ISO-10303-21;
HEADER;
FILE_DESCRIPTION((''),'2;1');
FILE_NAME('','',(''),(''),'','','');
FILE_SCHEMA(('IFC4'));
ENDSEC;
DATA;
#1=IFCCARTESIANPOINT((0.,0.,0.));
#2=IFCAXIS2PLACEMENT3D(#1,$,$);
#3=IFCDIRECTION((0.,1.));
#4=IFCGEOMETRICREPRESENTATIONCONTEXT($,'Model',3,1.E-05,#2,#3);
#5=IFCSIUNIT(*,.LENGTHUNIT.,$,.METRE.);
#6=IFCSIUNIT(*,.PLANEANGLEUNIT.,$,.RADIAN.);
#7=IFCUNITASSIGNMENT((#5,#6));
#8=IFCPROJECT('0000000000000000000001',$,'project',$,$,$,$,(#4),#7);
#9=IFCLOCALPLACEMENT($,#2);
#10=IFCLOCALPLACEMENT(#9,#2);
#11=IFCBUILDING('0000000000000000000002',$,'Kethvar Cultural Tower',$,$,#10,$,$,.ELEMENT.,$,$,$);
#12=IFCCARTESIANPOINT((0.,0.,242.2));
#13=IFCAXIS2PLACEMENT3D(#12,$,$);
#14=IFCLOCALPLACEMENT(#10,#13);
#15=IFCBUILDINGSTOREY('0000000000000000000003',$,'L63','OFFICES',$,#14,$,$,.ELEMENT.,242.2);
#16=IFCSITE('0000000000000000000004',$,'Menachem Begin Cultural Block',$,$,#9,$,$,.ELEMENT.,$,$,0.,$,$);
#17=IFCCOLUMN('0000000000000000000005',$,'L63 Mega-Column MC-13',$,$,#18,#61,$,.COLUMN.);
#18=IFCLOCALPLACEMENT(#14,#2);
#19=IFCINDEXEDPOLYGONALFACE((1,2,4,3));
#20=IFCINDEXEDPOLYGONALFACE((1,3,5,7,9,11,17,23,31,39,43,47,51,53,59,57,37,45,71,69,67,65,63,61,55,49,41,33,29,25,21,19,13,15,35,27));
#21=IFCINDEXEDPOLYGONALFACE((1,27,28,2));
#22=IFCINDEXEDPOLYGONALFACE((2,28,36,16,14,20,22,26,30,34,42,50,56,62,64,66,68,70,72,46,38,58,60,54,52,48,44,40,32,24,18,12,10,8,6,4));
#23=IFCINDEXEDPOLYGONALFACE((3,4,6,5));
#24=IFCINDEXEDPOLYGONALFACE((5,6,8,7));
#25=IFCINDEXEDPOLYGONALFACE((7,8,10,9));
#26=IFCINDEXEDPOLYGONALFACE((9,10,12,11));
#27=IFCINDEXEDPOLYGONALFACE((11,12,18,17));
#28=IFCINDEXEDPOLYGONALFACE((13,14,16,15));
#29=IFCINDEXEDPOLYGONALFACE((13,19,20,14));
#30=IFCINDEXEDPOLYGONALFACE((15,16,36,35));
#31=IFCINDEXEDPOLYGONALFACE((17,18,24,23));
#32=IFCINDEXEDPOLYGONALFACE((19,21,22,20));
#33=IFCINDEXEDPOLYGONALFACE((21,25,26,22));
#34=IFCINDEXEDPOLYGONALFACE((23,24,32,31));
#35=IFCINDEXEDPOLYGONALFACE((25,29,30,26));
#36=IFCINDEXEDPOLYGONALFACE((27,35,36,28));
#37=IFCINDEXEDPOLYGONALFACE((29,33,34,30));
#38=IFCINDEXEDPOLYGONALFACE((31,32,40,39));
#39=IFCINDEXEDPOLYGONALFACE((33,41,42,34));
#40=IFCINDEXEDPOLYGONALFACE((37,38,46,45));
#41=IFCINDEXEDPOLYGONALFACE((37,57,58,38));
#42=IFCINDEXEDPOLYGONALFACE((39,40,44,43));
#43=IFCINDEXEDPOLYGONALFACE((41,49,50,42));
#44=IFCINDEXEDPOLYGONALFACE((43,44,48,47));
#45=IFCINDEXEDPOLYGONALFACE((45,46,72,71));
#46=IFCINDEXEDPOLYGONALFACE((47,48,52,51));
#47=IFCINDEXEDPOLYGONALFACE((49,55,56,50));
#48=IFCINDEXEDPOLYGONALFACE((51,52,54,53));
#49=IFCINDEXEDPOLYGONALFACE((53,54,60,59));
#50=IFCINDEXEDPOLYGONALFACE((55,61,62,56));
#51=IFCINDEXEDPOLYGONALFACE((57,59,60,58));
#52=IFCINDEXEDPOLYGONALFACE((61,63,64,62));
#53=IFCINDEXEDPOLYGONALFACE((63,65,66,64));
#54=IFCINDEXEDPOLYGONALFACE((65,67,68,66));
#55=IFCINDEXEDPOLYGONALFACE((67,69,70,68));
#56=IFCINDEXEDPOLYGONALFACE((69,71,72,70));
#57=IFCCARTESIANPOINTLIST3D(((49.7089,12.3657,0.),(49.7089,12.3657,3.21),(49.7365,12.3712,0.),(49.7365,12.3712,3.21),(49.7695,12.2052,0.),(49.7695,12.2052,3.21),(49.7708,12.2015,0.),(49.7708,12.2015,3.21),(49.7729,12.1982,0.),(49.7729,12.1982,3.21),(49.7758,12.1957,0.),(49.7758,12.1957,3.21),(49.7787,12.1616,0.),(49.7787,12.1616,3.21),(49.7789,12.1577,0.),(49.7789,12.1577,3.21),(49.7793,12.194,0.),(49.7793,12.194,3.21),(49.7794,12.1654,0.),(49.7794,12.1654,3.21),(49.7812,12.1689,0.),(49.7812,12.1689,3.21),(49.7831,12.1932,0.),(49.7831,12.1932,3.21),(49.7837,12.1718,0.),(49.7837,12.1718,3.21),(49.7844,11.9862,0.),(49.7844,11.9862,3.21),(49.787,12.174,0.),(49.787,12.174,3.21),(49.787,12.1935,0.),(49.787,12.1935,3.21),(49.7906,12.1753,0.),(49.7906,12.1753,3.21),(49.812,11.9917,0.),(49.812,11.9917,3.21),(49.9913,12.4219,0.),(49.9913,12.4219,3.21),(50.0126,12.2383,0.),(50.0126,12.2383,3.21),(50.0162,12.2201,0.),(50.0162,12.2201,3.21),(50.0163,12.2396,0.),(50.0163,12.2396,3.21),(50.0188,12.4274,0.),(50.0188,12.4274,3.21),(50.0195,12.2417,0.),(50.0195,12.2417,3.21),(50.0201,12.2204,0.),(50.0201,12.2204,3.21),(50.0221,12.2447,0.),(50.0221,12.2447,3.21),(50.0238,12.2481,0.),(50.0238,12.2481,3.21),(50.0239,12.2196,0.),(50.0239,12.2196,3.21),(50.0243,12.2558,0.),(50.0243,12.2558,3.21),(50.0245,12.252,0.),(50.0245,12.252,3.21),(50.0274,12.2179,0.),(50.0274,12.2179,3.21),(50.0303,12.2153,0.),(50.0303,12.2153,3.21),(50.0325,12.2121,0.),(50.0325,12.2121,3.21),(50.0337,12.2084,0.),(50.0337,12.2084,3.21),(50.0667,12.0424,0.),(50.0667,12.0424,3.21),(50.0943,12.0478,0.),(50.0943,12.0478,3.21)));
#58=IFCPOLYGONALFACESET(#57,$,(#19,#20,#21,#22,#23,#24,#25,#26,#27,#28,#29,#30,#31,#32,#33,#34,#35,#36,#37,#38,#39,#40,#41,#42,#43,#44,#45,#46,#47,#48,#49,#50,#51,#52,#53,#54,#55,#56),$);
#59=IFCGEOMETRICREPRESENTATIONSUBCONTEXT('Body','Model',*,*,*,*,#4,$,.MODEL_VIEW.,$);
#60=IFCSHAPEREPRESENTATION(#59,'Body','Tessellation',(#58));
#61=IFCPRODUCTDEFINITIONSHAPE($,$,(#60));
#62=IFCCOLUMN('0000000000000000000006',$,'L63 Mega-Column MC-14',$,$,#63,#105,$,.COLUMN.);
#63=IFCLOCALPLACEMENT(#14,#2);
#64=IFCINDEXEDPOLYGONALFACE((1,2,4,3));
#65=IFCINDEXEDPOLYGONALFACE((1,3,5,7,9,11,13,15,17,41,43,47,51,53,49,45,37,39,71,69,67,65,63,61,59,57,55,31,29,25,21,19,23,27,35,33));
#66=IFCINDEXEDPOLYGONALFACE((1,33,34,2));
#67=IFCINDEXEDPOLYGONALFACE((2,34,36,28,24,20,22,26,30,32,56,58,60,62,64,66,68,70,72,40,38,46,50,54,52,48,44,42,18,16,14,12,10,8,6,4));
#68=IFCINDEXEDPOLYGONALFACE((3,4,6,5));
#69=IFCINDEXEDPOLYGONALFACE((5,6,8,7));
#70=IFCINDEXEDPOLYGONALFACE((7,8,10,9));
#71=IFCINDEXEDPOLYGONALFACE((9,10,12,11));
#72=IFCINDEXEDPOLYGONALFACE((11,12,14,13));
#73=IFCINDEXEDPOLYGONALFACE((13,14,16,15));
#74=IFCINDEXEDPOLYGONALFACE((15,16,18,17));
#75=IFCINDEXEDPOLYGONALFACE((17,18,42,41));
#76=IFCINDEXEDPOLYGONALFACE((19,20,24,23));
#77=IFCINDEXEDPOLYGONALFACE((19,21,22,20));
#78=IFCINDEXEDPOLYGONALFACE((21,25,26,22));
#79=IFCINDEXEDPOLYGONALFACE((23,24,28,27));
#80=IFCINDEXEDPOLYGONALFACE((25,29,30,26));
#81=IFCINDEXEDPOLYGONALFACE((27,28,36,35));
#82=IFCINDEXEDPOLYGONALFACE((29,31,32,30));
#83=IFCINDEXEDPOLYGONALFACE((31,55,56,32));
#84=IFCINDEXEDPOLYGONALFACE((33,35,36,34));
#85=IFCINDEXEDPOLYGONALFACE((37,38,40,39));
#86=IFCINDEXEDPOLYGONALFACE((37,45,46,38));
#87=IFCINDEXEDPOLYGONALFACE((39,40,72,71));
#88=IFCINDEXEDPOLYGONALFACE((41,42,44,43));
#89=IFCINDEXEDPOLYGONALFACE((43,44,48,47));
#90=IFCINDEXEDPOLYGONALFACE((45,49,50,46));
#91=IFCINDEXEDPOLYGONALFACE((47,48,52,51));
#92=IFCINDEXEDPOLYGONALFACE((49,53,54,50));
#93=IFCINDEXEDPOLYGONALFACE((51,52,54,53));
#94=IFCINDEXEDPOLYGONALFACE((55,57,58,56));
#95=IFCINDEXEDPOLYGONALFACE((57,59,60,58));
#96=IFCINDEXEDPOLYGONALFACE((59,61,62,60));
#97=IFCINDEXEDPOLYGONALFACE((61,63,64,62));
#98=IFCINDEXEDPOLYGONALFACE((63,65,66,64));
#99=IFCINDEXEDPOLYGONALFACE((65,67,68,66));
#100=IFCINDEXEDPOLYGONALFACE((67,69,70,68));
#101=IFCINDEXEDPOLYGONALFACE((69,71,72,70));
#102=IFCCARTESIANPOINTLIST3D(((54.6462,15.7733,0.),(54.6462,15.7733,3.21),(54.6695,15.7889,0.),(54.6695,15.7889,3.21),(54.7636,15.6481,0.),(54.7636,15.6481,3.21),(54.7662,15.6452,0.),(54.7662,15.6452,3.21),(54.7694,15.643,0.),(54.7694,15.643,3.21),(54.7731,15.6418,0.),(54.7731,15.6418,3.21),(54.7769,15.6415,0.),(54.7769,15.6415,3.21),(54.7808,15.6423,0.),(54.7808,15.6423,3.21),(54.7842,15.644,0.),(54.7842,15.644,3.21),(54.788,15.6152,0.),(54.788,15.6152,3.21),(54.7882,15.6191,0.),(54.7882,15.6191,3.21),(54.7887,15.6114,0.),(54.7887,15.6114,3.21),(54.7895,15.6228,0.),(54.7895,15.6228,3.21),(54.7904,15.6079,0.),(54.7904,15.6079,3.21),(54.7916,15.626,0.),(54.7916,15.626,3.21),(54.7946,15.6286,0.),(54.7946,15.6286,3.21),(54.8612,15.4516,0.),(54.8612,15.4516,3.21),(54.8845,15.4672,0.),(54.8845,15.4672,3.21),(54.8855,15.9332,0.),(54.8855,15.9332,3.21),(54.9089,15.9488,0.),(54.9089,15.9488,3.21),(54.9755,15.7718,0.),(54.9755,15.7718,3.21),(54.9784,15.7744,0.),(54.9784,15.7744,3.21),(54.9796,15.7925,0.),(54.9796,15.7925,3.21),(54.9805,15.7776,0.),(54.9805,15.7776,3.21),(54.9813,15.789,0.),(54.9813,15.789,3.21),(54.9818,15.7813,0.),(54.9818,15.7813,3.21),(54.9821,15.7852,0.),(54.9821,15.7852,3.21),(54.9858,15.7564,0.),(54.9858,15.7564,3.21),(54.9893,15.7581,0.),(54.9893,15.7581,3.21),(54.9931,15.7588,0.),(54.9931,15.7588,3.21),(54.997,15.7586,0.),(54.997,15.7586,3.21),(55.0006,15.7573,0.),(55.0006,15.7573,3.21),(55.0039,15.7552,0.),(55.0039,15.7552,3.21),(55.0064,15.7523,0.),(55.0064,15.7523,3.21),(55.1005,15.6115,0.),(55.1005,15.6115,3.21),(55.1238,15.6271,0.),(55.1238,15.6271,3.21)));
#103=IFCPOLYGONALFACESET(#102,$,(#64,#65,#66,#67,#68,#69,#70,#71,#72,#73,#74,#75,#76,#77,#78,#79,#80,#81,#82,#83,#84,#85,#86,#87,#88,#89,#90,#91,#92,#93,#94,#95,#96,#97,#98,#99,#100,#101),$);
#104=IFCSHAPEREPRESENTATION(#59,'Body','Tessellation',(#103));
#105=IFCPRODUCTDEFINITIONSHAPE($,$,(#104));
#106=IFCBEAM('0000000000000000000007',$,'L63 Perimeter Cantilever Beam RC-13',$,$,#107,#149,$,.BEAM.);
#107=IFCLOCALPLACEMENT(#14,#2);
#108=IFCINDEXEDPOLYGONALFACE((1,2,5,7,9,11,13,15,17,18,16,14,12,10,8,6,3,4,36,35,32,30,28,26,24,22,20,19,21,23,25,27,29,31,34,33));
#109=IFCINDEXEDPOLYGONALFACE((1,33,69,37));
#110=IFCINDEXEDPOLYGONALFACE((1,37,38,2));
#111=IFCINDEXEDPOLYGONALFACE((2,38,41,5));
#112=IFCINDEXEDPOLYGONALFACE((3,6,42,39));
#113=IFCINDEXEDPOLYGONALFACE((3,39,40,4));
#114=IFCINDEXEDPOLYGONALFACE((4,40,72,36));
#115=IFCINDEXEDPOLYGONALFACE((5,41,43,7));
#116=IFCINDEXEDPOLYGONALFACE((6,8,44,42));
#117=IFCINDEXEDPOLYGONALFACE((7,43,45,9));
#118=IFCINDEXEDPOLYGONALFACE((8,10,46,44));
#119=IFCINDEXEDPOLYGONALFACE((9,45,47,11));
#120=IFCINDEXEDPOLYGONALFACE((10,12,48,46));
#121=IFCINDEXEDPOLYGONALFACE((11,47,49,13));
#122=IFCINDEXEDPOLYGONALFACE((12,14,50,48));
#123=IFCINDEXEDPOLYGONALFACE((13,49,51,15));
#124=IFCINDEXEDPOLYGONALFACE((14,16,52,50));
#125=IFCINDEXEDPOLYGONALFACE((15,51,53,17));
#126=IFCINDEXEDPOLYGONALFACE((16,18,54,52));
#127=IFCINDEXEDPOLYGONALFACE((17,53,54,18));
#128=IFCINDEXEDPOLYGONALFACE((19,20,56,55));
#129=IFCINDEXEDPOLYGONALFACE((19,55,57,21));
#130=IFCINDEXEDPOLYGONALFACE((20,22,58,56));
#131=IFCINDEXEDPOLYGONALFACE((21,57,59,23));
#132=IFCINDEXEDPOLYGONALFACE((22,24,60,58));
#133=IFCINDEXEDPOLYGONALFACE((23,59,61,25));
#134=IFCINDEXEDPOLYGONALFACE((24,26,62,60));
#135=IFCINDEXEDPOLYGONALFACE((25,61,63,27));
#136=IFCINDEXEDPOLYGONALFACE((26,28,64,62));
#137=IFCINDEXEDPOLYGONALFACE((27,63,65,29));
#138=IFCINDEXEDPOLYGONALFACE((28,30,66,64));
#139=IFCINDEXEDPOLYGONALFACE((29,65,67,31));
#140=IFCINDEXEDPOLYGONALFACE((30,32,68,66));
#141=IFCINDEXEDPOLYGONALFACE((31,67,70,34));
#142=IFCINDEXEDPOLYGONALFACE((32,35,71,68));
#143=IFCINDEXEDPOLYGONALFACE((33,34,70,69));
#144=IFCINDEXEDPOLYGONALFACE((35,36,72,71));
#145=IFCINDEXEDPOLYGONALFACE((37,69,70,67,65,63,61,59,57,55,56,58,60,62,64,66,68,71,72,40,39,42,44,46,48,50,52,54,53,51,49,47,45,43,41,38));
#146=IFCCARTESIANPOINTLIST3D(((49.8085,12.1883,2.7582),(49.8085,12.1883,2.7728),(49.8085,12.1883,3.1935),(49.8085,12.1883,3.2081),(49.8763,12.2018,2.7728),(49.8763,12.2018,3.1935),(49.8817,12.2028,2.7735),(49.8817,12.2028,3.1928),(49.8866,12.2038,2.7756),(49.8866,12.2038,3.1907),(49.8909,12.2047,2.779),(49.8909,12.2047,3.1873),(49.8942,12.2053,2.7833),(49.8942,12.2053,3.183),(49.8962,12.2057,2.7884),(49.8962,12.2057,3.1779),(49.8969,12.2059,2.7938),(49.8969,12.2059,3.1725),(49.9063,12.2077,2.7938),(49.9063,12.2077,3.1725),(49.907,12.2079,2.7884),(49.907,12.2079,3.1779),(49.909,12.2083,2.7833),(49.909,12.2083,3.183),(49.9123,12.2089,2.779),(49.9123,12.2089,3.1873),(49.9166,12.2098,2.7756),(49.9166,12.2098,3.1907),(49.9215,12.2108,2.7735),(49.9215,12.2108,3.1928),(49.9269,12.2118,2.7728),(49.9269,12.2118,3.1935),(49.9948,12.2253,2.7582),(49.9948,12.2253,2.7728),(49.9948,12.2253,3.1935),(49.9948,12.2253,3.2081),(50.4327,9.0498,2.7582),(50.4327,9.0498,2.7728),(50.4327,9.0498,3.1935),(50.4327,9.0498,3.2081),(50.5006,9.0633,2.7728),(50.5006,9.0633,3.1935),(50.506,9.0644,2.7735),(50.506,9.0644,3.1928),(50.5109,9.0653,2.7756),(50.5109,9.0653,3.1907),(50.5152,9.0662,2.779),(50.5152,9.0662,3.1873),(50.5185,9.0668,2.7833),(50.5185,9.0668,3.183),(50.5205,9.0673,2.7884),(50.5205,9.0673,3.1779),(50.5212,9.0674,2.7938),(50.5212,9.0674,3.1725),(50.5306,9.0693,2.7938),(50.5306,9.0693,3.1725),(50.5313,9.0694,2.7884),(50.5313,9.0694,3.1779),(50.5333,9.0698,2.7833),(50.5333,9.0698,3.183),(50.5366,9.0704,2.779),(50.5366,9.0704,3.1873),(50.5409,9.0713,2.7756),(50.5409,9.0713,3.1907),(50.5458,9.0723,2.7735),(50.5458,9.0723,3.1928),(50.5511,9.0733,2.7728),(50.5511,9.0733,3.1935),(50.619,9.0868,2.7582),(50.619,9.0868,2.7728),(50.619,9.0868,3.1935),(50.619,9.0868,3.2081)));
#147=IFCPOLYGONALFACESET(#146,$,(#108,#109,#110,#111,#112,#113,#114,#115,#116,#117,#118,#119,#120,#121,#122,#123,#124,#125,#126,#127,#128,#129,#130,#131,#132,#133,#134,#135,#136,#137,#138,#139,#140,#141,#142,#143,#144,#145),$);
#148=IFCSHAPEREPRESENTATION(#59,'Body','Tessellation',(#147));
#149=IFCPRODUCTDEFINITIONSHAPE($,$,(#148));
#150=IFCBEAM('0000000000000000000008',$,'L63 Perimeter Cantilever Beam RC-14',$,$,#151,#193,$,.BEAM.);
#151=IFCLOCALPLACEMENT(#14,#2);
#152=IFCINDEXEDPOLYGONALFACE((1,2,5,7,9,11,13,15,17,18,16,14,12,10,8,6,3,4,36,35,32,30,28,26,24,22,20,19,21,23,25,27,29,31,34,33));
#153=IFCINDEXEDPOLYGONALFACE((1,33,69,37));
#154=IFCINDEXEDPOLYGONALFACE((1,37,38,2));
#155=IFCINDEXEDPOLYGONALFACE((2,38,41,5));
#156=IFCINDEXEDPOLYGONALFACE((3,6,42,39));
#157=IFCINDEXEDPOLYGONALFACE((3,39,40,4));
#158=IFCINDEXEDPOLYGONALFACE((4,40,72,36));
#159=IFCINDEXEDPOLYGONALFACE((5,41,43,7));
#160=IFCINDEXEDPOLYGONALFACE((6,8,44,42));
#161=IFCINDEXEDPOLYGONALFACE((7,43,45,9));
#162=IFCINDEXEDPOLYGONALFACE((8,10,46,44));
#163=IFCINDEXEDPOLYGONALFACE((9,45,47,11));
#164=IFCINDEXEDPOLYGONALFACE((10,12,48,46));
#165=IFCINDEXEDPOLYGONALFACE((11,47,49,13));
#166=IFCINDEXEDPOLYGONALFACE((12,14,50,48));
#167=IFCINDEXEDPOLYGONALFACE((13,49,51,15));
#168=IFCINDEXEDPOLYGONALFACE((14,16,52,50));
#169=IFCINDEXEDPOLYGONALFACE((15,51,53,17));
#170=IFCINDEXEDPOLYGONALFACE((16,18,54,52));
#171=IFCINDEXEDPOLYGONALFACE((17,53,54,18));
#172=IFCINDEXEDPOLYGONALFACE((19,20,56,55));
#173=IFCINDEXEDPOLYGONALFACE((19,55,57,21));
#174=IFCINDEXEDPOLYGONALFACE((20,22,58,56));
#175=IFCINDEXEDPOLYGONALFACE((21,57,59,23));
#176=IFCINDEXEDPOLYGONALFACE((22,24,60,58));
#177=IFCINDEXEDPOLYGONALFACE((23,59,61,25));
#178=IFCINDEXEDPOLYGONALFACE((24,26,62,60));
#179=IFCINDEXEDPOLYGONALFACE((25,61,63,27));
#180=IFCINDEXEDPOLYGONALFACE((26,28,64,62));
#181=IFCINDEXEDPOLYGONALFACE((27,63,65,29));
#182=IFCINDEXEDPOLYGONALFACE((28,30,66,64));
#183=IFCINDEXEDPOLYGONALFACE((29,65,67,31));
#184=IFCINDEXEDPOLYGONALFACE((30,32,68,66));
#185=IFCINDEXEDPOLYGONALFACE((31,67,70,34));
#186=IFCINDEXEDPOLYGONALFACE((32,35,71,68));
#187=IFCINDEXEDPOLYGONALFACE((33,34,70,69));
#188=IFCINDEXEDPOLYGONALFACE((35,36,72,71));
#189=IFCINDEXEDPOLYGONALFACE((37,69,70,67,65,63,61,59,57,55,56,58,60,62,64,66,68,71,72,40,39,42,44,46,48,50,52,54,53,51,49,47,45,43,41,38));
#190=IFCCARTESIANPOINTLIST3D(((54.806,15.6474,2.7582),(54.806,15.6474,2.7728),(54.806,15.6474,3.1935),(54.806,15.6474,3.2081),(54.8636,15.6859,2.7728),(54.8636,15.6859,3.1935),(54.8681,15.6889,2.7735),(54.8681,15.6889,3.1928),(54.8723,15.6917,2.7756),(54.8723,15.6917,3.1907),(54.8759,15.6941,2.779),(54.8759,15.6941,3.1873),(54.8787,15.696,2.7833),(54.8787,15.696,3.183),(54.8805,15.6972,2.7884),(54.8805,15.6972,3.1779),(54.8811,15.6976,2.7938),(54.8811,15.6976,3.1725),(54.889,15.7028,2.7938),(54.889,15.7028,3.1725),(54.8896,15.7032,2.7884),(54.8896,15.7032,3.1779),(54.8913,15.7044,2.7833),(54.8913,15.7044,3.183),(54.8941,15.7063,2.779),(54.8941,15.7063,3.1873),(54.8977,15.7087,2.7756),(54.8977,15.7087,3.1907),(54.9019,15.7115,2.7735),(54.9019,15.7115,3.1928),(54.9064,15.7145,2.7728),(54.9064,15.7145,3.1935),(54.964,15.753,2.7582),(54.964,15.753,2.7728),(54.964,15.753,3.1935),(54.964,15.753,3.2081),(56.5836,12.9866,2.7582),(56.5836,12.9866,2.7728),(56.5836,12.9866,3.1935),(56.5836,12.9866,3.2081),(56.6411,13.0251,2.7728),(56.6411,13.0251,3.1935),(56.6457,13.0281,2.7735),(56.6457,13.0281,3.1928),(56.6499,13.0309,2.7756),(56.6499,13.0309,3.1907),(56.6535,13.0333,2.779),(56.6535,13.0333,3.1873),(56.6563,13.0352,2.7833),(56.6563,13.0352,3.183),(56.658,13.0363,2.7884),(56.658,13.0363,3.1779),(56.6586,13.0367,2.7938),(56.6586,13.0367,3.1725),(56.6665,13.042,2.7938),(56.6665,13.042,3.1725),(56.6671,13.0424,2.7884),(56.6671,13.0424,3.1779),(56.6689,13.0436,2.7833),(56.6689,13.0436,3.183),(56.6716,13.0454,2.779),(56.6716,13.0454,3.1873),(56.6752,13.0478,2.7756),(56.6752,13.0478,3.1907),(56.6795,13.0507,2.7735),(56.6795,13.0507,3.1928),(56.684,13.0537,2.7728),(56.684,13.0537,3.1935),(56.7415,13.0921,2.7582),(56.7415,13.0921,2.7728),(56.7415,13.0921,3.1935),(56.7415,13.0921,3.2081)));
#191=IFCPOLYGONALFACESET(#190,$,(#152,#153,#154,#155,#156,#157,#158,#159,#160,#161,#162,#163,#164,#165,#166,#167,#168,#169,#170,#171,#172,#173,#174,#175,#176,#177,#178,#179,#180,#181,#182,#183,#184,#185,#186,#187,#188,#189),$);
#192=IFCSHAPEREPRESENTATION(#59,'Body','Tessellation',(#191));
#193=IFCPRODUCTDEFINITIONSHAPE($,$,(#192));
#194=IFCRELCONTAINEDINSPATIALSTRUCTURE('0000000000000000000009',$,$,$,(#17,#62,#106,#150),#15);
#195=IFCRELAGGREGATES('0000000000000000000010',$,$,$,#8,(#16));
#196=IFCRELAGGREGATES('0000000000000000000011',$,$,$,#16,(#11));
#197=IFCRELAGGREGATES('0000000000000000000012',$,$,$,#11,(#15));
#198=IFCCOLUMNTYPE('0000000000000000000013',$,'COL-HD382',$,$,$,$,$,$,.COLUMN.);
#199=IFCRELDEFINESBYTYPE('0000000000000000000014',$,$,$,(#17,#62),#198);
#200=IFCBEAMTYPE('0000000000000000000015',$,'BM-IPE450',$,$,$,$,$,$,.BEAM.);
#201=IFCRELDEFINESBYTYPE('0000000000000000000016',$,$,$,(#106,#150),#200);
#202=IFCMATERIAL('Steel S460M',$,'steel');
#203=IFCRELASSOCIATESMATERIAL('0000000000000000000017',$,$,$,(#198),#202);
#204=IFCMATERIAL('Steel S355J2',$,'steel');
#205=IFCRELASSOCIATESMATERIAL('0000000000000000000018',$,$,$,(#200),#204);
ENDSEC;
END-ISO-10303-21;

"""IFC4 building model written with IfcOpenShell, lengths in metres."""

from ifc_helpers import new_model, si_unit, direction, frame, origin, origin_2d, place, context, subcontext, project, spatial, i_section, extrude, source, transform, mapped, material, material_profile, profile_set, type_object, element, save


model = new_model("IFC4")

# Units and contexts
model_context = context("Model", 3, precision=1e-05, world=origin(), true_north=direction((0.0, 1.0)))
body_context = subcontext(model_context, "Body", "Model", "MODEL_VIEW")
ifc_project = project(units=[si_unit("LENGTHUNIT", "METRE"), si_unit("PLANEANGLEUNIT", "RADIAN")], contexts=[model_context])

# Site, building, storey
site_placement = place(None, origin())
site = spatial("IfcSite", under=ifc_project, at=site_placement, Name="Menachem Begin Cultural Block", CompositionType="ELEMENT", RefElevation=0.0)
building_placement = place(site_placement, origin())
building = spatial("IfcBuilding", under=site, at=building_placement, Name="Kethvar Cultural Tower", CompositionType="ELEMENT")
storey_placement = place(building_placement, frame((0.0, 0.0, 242.2)))
storey = spatial("IfcBuildingStorey", under=building, at=storey_placement, Name="L63", Description="OFFICES", CompositionType="ELEMENT", Elevation=242.2)

# Columns
ifc_material_1 = material(Name="Steel S460M", Category="steel")
ifc_material_profile_1 = material_profile(ifc_material_1, i_section(OverallWidth=0.387, OverallDepth=0.3159, WebThickness=0.0186, FlangeThickness=0.0281, FilletRadius=0.0149, at=origin_2d()), Name="Steel S460M — HD400x382")
ifc_profile_set_1 = profile_set([ifc_material_profile_1], Name="Steel S460M — HD400x382")
column_type = type_object("IfcColumnType", Name="COL-HD382", PredefinedType="COLUMN", material=ifc_profile_set_1)
shared_shape_1 = source(origin(), body_context, "Body", "SweptSolid", [
    extrude(i_section(OverallWidth=0.387, OverallDepth=0.3159, WebThickness=0.0186, FlangeThickness=0.0281, FilletRadius=0.0149, at=origin_2d()), origin(), (0.0, 0.0, 1.0), 3.21),
])
for number, where, z_axis, x_axis, name in (
    (1, (49.9016, 12.2068, 0.0), (0.0, 0.0, 1.0), (0.19509, -0.980785, 0.0), "L63 Mega-Column MC-13"),
    (2, (54.885, 15.7002, 0.0), (0.0, 0.0, 1.0), (0.55557, -0.83147, 0.0), "L63 Mega-Column MC-14"),
):
    element("IfcColumn", number, at=place(storey_placement, frame(where, z_axis=z_axis, x_axis=x_axis)), inside=storey, type_object=column_type, Name=name, PredefinedType="COLUMN", context=body_context, shape_type="MappedRepresentation", body=[
        mapped(shared_shape_1, transform((0.0, 0.0, 0.0), scale=1.0)),
    ])

# Beams
ifc_material_2 = material(Name="Steel S355J2", Category="steel")
ifc_material_profile_2 = material_profile(ifc_material_2, i_section(OverallWidth=0.1899, OverallDepth=0.45, WebThickness=0.0095, FlangeThickness=0.0146, FilletRadius=0.021, at=origin_2d()), Name="Steel S355J2 — IPE450")
ifc_profile_set_2 = profile_set([ifc_material_profile_2], Name="Steel S355J2 — IPE450")
beam_type_1 = type_object("IfcBeamType", Name="BM-IPE450", PredefinedType="BEAM", material=ifc_profile_set_2)
shared_shape_2 = source(origin(), body_context, "Body", "SweptSolid", [
    extrude(i_section(OverallWidth=0.1899, OverallDepth=0.45, WebThickness=0.0095, FlangeThickness=0.0146, FilletRadius=0.021, at=origin_2d()), origin(), (0.0, 0.0, 1.0), 3.2),
])
for number, where, z_axis, x_axis, name in (
    (3, (49.9016, 12.2068, 2.9832), (0.195089, -0.980786, 0.0), (0.980786, 0.195089, 0.0), "L63 Perimeter Cantilever Beam RC-13"),
    (4, (54.885, 15.7002, 2.9832), (0.555492, -0.831522, 0.0), (0.831522, 0.555492, 0.0), "L63 Perimeter Cantilever Beam RC-14"),
):
    element("IfcBeam", number, at=place(storey_placement, frame(where, z_axis=z_axis, x_axis=x_axis)), inside=storey, type_object=beam_type_1, Name=name, PredefinedType="BEAM", context=body_context, shape_type="MappedRepresentation", body=[
        mapped(shared_shape_2, transform((0.0, 0.0, 0.0), scale=1.0)),
    ])

save(model, "model.ifc")
